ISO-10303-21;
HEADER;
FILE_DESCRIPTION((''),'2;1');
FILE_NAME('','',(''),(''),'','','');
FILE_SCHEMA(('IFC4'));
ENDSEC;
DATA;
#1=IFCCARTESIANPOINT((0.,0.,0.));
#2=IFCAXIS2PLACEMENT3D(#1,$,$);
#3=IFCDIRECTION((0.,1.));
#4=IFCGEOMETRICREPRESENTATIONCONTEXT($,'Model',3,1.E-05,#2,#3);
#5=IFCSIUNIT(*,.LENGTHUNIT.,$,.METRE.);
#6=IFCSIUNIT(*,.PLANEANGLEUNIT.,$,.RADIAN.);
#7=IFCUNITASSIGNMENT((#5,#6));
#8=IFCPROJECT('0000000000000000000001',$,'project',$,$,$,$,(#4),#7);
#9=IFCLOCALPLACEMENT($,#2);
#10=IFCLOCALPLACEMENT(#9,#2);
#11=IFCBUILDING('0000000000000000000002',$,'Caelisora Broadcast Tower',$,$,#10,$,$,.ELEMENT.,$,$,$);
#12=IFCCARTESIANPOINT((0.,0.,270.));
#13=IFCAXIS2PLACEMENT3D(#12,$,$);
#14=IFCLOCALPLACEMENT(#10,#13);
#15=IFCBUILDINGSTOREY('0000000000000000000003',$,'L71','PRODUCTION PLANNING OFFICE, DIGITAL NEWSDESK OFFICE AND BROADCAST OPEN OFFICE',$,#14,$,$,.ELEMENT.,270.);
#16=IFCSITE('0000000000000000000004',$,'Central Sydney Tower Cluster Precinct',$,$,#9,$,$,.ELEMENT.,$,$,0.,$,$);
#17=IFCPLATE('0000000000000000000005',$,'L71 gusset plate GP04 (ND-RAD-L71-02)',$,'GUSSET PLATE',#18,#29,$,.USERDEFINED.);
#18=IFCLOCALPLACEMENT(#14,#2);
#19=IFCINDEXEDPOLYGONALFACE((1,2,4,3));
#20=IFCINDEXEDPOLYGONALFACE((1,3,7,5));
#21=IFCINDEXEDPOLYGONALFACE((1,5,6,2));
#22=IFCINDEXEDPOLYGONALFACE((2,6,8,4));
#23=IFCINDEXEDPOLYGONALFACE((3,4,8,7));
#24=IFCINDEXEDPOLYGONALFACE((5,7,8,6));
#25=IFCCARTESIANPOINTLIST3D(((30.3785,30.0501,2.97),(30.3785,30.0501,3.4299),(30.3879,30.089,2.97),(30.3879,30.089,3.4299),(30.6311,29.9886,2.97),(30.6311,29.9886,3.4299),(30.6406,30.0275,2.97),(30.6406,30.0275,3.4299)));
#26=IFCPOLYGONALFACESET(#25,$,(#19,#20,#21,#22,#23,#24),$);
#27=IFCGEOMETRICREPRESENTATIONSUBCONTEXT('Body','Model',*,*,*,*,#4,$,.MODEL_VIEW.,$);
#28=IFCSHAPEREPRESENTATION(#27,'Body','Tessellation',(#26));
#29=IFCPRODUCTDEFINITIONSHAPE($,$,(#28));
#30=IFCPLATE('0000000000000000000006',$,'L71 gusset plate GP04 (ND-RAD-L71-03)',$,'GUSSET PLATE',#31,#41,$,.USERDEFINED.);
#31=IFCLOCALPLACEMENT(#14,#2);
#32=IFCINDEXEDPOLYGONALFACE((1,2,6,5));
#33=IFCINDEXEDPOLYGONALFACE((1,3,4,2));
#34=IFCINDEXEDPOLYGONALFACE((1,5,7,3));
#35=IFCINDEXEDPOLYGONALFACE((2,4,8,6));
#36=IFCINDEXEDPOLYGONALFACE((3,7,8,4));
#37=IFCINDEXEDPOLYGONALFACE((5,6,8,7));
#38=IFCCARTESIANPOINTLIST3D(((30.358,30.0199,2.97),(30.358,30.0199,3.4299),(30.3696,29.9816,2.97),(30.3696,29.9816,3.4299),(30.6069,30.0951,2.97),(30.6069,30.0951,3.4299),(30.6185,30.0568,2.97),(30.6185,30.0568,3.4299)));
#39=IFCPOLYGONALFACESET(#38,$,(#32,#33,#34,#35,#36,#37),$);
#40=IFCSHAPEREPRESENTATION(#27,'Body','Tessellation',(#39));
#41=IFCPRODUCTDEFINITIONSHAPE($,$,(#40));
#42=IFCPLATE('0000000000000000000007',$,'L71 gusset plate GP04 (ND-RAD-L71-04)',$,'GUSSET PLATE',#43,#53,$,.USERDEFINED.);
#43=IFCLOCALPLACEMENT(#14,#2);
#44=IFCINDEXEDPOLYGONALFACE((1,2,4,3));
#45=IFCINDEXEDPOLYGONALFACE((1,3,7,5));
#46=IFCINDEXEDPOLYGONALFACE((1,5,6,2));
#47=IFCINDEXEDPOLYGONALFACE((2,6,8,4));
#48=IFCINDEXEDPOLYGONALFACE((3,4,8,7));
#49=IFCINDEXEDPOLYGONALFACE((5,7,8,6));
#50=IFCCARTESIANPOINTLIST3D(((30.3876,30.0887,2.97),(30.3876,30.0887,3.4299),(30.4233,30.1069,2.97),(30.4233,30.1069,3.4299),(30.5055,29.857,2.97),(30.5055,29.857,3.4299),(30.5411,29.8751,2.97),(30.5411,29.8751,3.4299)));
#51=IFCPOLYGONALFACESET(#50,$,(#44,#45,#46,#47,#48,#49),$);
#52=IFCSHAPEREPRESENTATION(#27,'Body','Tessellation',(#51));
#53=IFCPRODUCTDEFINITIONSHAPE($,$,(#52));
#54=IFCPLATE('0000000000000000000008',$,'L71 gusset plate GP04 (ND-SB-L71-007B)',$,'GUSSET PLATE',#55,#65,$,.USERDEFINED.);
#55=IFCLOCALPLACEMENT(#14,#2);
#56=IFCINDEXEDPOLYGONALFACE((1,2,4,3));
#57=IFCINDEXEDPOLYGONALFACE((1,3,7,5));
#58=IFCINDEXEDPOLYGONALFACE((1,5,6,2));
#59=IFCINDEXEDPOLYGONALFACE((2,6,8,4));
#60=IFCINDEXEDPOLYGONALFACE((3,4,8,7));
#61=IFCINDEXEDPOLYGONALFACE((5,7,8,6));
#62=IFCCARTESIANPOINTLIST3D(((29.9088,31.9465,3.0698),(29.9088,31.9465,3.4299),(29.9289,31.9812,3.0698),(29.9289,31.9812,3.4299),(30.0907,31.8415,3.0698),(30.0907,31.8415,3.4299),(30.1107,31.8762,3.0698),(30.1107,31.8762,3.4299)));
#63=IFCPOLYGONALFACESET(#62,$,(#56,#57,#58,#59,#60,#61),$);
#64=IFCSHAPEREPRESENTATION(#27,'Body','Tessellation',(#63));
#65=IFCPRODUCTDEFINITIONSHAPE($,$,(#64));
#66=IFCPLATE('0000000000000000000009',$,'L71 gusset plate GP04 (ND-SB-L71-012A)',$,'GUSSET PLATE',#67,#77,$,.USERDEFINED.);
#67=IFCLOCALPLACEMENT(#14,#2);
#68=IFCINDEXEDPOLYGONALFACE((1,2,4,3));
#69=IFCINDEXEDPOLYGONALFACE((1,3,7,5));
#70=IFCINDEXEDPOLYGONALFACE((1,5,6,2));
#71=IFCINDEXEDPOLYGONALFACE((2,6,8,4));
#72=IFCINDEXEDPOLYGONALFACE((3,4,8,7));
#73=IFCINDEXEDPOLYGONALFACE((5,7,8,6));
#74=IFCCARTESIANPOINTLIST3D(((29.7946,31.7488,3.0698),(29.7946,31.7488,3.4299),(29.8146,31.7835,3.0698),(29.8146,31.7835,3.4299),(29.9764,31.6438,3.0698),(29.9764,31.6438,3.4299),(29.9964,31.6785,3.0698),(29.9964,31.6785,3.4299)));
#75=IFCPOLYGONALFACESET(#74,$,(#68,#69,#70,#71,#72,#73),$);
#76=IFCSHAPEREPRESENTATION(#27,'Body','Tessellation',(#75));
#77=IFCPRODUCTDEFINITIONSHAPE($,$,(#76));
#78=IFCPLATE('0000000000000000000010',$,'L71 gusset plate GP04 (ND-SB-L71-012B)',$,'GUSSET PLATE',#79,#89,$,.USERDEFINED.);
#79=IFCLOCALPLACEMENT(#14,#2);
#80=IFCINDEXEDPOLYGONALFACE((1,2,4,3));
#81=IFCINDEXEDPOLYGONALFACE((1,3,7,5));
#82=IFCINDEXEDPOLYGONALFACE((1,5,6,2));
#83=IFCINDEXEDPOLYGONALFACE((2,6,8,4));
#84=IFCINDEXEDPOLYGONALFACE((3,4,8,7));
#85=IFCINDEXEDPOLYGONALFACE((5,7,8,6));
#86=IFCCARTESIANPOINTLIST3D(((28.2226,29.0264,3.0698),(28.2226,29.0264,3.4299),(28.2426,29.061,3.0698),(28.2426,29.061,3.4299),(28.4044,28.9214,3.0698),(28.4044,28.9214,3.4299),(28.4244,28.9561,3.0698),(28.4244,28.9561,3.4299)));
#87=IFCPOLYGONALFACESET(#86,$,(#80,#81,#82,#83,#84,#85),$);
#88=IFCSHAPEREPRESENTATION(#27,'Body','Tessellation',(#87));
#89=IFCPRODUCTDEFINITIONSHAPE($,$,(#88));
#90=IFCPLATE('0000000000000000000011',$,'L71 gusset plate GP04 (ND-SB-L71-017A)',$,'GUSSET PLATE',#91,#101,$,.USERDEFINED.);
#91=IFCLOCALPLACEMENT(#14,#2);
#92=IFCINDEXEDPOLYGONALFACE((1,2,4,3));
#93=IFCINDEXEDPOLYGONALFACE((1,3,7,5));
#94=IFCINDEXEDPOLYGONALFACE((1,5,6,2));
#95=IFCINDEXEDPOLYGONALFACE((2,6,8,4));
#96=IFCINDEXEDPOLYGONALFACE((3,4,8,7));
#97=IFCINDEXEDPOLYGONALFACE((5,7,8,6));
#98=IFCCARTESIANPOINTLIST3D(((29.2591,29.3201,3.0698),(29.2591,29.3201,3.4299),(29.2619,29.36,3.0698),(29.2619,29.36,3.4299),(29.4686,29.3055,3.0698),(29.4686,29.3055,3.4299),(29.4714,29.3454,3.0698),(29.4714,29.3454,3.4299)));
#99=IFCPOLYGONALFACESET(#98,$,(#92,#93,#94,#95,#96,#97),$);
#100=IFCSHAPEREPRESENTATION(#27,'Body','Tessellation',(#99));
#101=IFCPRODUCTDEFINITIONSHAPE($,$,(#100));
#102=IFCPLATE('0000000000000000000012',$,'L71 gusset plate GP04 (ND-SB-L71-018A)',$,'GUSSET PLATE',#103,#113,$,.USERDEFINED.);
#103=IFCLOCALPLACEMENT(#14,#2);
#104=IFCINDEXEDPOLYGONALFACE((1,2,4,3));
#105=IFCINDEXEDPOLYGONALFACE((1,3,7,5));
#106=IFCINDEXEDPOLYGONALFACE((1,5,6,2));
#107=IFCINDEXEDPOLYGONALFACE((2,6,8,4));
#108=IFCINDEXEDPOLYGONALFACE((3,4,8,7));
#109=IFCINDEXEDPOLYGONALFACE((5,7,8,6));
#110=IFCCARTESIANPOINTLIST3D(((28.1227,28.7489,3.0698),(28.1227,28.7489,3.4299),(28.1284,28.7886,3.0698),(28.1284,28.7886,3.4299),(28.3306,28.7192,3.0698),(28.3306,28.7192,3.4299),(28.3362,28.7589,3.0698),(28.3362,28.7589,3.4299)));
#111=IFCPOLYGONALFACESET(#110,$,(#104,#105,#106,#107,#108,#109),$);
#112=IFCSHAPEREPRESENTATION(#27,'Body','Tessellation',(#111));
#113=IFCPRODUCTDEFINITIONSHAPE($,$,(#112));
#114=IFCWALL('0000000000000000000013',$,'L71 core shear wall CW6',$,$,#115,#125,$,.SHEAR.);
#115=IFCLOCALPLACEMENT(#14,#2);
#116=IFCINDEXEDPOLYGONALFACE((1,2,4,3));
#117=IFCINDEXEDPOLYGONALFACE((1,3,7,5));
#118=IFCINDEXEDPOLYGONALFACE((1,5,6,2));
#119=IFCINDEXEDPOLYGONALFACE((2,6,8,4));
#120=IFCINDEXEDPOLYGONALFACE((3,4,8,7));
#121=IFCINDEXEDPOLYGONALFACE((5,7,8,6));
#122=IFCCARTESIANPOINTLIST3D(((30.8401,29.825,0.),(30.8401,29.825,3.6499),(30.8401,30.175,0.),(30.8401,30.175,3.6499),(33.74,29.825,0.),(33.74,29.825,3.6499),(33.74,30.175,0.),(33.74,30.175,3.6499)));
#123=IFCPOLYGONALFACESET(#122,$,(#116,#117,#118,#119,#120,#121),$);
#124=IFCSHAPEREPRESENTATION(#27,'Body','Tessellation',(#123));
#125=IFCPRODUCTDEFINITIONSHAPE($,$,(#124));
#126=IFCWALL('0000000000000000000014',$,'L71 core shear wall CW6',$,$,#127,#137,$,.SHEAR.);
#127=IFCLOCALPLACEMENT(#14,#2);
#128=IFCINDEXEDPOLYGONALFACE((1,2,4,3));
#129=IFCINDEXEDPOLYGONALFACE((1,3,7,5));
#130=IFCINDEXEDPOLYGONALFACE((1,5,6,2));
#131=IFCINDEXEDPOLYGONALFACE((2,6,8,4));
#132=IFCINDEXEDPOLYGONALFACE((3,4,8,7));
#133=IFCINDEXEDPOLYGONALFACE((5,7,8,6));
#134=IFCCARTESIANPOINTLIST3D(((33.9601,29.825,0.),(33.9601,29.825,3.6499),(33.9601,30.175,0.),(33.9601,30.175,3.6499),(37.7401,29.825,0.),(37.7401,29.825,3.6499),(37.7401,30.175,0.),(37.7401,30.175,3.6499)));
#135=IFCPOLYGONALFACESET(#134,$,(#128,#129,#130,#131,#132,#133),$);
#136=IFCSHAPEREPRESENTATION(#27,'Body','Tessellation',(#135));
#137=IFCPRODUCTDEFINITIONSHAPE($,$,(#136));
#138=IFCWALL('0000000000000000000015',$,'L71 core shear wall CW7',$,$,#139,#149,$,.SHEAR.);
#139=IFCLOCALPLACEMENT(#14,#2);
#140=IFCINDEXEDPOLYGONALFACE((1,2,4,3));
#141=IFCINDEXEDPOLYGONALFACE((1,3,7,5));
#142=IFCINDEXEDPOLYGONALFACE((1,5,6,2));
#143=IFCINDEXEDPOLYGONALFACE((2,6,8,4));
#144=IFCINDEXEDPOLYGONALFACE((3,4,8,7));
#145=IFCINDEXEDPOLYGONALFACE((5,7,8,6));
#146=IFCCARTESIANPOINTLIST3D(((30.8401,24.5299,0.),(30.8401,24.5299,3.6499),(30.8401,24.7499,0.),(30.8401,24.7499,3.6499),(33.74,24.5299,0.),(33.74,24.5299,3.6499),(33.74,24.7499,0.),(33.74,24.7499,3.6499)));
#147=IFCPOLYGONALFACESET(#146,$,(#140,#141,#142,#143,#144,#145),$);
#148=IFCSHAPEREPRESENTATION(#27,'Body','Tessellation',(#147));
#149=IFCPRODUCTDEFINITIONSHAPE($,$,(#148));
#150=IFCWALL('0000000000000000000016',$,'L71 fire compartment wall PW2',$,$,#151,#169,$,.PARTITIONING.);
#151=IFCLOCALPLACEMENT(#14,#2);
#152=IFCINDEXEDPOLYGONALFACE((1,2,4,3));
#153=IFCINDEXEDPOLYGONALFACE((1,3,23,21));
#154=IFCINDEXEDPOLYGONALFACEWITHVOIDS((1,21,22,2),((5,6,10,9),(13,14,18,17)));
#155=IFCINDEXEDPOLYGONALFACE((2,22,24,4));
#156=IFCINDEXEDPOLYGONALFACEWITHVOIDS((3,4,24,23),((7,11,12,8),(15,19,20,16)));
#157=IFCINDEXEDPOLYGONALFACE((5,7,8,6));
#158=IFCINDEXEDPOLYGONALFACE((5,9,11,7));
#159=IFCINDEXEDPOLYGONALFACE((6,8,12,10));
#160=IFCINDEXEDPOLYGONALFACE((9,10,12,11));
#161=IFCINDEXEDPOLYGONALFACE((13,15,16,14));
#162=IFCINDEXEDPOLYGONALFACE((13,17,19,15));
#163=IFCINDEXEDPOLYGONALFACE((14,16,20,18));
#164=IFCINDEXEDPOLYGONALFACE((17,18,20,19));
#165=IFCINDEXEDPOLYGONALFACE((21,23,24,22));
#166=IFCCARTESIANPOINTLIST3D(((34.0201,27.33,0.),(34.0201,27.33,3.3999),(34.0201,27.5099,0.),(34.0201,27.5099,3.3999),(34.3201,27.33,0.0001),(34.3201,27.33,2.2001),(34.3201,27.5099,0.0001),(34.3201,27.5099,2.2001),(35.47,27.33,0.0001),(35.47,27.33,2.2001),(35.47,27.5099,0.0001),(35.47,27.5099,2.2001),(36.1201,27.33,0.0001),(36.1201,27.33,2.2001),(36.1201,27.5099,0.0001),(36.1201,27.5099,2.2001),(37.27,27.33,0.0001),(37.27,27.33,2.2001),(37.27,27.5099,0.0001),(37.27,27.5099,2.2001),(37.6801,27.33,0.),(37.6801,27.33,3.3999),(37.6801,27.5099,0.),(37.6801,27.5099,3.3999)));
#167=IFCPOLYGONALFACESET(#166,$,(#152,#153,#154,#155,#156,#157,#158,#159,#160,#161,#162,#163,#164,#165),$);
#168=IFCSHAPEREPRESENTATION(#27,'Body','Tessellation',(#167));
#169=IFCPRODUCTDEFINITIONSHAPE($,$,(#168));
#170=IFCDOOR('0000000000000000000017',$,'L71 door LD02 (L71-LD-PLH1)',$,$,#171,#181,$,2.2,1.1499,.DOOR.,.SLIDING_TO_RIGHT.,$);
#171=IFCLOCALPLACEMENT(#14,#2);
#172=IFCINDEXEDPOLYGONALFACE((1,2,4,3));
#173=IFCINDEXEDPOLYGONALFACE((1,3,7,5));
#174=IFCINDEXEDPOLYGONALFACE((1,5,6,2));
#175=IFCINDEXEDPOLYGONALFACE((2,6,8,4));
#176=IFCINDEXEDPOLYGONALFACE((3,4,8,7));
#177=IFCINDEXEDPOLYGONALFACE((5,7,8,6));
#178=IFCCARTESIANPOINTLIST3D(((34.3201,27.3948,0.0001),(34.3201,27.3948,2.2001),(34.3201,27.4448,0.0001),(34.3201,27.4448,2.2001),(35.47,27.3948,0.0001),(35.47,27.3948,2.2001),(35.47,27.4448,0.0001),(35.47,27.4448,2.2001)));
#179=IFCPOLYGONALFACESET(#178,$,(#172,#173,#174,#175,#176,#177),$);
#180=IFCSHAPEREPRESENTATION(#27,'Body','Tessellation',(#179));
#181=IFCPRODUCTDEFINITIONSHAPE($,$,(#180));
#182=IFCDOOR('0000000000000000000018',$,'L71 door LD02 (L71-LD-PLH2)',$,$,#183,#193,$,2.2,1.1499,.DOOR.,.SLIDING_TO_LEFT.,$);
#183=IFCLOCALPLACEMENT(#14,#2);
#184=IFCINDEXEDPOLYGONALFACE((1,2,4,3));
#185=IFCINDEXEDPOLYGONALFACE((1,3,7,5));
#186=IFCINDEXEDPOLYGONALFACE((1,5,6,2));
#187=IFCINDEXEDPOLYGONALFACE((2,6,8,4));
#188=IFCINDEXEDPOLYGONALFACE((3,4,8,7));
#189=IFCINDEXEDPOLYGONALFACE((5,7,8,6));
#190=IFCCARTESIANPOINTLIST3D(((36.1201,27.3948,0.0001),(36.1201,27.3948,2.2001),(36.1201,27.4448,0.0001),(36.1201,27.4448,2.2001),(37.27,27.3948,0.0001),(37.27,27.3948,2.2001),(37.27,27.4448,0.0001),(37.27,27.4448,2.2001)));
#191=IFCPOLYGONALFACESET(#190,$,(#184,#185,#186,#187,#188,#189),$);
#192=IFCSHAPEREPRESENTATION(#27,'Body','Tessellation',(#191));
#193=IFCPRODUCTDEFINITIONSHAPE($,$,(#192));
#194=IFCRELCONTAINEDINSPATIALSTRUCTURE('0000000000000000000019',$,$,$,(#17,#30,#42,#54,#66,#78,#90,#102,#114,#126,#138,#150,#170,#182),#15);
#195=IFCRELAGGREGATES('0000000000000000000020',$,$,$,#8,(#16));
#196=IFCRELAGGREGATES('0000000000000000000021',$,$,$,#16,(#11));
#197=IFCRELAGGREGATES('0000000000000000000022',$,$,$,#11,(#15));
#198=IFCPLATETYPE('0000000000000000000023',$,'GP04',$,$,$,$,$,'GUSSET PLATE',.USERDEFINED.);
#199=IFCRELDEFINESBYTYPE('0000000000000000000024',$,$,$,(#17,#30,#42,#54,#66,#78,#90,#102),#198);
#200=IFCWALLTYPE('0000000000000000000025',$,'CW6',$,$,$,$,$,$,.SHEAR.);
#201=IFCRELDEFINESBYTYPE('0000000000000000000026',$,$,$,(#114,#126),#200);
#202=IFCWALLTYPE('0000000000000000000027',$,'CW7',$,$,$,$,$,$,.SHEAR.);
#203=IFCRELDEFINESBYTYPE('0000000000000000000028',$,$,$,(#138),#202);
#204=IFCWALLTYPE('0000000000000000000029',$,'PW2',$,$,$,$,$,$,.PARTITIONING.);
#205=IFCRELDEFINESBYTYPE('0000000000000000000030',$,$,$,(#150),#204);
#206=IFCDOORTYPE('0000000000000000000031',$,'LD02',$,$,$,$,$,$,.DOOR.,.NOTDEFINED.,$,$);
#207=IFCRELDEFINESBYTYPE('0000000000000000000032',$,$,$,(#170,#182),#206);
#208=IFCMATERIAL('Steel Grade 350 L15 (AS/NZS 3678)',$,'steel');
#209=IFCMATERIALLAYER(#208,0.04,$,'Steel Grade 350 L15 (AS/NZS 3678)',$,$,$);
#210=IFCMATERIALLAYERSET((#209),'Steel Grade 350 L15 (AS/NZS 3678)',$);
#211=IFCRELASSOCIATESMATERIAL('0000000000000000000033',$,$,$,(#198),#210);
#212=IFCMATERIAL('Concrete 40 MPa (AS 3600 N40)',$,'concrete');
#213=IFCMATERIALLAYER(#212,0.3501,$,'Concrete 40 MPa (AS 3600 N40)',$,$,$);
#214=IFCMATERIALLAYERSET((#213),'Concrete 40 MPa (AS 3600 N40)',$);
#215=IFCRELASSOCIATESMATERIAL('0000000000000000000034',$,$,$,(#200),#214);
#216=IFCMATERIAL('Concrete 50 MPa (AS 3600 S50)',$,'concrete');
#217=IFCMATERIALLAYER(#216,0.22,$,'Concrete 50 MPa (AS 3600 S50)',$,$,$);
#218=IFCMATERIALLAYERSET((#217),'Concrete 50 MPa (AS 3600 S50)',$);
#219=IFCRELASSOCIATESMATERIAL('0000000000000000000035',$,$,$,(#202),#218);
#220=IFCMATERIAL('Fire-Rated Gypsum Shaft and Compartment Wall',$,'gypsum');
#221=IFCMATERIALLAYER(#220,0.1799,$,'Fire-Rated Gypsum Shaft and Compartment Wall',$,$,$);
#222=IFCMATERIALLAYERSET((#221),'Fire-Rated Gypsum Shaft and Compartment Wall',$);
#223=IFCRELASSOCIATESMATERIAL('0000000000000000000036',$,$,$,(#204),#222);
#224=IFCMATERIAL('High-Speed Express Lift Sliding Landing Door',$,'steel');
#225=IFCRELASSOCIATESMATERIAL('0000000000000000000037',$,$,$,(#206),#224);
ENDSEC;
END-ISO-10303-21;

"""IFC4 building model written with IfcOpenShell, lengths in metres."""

from ifc_helpers import new_model, si_unit, direction, frame, frame_2d, origin, origin_2d, place, context, subcontext, project, spatial, rectangle, extrude, source, transform, mapped, material, layer, layer_set, type_object, type_shapes, element, fill, save


model = new_model("IFC4")

# Units and contexts
model_context = context("Model", 3, precision=1e-05, world=origin(), true_north=direction((0.0, 1.0)))
body_context = subcontext(model_context, "Body", "Model", "MODEL_VIEW")
ifc_project = project(units=[si_unit("LENGTHUNIT", "METRE"), si_unit("PLANEANGLEUNIT", "RADIAN")], contexts=[model_context])

# Site, building, storey
site_placement = place(None, origin())
site = spatial("IfcSite", under=ifc_project, at=site_placement, Name="Central Sydney Tower Cluster Precinct", CompositionType="ELEMENT", RefElevation=0.0)
building_placement = place(site_placement, origin())
building = spatial("IfcBuilding", under=site, at=building_placement, Name="Caelisora Broadcast Tower", CompositionType="ELEMENT")
storey_placement = place(building_placement, frame((0.0, 0.0, 270.0)))
storey = spatial("IfcBuildingStorey", under=building, at=storey_placement, Name="L71", Description="PRODUCTION PLANNING OFFICE, DIGITAL NEWSDESK OFFICE AND BROADCAST OPEN OFFICE", CompositionType="ELEMENT", Elevation=270.0)

# Plates
ifc_material_1 = material(Name="Steel Grade 350 L15 (AS/NZS 3678)", Category="steel")
ifc_layer_1 = layer(ifc_material_1, 0.04, Name="Steel Grade 350 L15 (AS/NZS 3678)")
ifc_layer_set_1 = layer_set([ifc_layer_1], Name="Steel Grade 350 L15 (AS/NZS 3678)")
plate_type = type_object("IfcPlateType", Name="GP04", ElementType="GUSSET PLATE", PredefinedType="USERDEFINED", material=ifc_layer_set_1)
shared_shape_1 = source(origin(), body_context, "Body", "SweptSolid", [
    extrude(rectangle(XDim=0.26, YDim=0.04, at=origin_2d()), origin(), (0.0, 0.0, 1.0), 0.46),
])
for number, where, z_axis, x_axis, name in (
    (1, (30.5095, 30.0388, 2.97), (0.0, 0.0, 1.0), (-0.971632, 0.236499, 0.0), "L71 gusset plate GP04 (ND-RAD-L71-02)"),
    (2, (30.4883, 30.0383, 2.97), (0.0, 0.0, 1.0), (-0.957269, -0.289199, 0.0), "L71 gusset plate GP04 (ND-RAD-L71-03)"),
    (3, (30.4644, 29.9819, 2.97), (0.0, 0.0, 1.0), (0.453368, -0.891323, 0.0), "L71 gusset plate GP04 (ND-RAD-L71-04)"),
):
    element("IfcPlate", number, at=place(storey_placement, frame(where, z_axis=z_axis, x_axis=x_axis)), inside=storey, type_object=plate_type, Name=name, ObjectType="GUSSET PLATE", PredefinedType="USERDEFINED", context=body_context, shape_type="MappedRepresentation", body=[
        mapped(shared_shape_1, transform((0.0, 0.0, 0.0), scale=1.0)),
    ])
shared_shape_2 = source(origin(), body_context, "Body", "SweptSolid", [
    extrude(rectangle(XDim=0.21, YDim=0.04, at=origin_2d()), origin(), (0.0, 0.0, 1.0), 0.3601),
])
type_shapes(plate_type, [shared_shape_1, shared_shape_2])
for number, where, z_axis, x_axis, name in (
    (4, (30.0098, 31.9114, 3.0698), (0.0, 0.0, 1.0), (0.866025, -0.5, 0.0), "L71 gusset plate GP04 (ND-SB-L71-007B)"),
    (5, (29.8955, 31.7136, 3.0698), (0.0, 0.0, 1.0), (0.866025, -0.5, 0.0), "L71 gusset plate GP04 (ND-SB-L71-012A)"),
    (6, (28.3235, 28.9912, 3.0698), (0.0, 0.0, 1.0), (0.866025, -0.5, 0.0), "L71 gusset plate GP04 (ND-SB-L71-012B)"),
    (7, (29.3652, 29.3328, 3.0698), (0.0, 0.0, 1.0), (0.997588, -0.069408, 0.0), "L71 gusset plate GP04 (ND-SB-L71-017A)"),
    (8, (28.2295, 28.7539, 3.0698), (0.0, 0.0, 1.0), (0.98995, -0.14142, 0.0), "L71 gusset plate GP04 (ND-SB-L71-018A)"),
):
    element("IfcPlate", number, at=place(storey_placement, frame(where, z_axis=z_axis, x_axis=x_axis)), inside=storey, type_object=plate_type, Name=name, ObjectType="GUSSET PLATE", PredefinedType="USERDEFINED", context=body_context, shape_type="MappedRepresentation", body=[
        mapped(shared_shape_2, transform((0.0, 0.0, 0.0), scale=1.0)),
    ])

# Walls
ifc_material_2 = material(Name="Concrete 40 MPa (AS 3600 N40)", Category="concrete")
ifc_layer_2 = layer(ifc_material_2, 0.3501, Name="Concrete 40 MPa (AS 3600 N40)")
ifc_layer_set_2 = layer_set([ifc_layer_2], Name="Concrete 40 MPa (AS 3600 N40)")
wall_type_1 = type_object("IfcWallType", Name="CW6", PredefinedType="SHEAR", material=ifc_layer_set_2)
wall_1_placement = place(storey_placement, frame((30.8401, 30.0, 0.0), z_axis=(0.0, 0.0, 1.0), x_axis=(1.0, 0.0, 0.0)))
element("IfcWall", 9, at=wall_1_placement, inside=storey, type_object=wall_type_1, Name="L71 core shear wall CW6", PredefinedType="SHEAR", context=body_context, shape_type="SweptSolid", body=[
    extrude(rectangle(XDim=2.8999, YDim=0.3501, at=frame_2d((1.45, 0.0))), origin(), (0.0, 0.0, 1.0), 3.6499),
])
wall_2_placement = place(storey_placement, frame((33.96, 30.0, 0.0), z_axis=(0.0, 0.0, 1.0), x_axis=(1.0, 0.0, 0.0)))
element("IfcWall", 10, at=wall_2_placement, inside=storey, type_object=wall_type_1, Name="L71 core shear wall CW6", PredefinedType="SHEAR", context=body_context, shape_type="SweptSolid", body=[
    extrude(rectangle(XDim=3.78, YDim=0.3501, at=frame_2d((1.8901, 0.0))), origin(), (0.0, 0.0, 1.0), 3.6499),
])
ifc_material_3 = material(Name="Concrete 50 MPa (AS 3600 S50)", Category="concrete")
ifc_layer_3 = layer(ifc_material_3, 0.22, Name="Concrete 50 MPa (AS 3600 S50)")
ifc_layer_set_3 = layer_set([ifc_layer_3], Name="Concrete 50 MPa (AS 3600 S50)")
wall_type_2 = type_object("IfcWallType", Name="CW7", PredefinedType="SHEAR", material=ifc_layer_set_3)
wall_3_placement = place(storey_placement, frame((30.8401, 24.6399, 0.0), z_axis=(0.0, 0.0, 1.0), x_axis=(1.0, 0.0, 0.0)))
element("IfcWall", 11, at=wall_3_placement, inside=storey, type_object=wall_type_2, Name="L71 core shear wall CW7", PredefinedType="SHEAR", context=body_context, shape_type="SweptSolid", body=[
    extrude(rectangle(XDim=2.8999, YDim=0.22, at=frame_2d((1.45, 0.0))), origin(), (0.0, 0.0, 1.0), 3.6499),
])

# Wall, openings, doors
ifc_material_4 = material(Name="Fire-Rated Gypsum Shaft and Compartment Wall", Category="gypsum")
ifc_layer_4 = layer(ifc_material_4, 0.1799, Name="Fire-Rated Gypsum Shaft and Compartment Wall")
ifc_layer_set_4 = layer_set([ifc_layer_4], Name="Fire-Rated Gypsum Shaft and Compartment Wall")
wall_type_3 = type_object("IfcWallType", Name="PW2", PredefinedType="PARTITIONING", material=ifc_layer_set_4)
wall_4_placement = place(storey_placement, frame((34.02, 27.4199, 0.0), z_axis=(0.0, 0.0, 1.0), x_axis=(1.0, 0.0, 0.0)))
wall_4 = element("IfcWall", 12, at=wall_4_placement, inside=storey, type_object=wall_type_3, Name="L71 fire compartment wall PW2", PredefinedType="PARTITIONING", context=body_context, shape_type="SweptSolid", body=[
    extrude(rectangle(XDim=3.6599, YDim=0.1799, at=frame_2d((1.8301, 0.0))), origin(), (0.0, 0.0, 1.0), 3.3999),
])
opening_1_placement = place(wall_4_placement, frame((0.3, 0.0, 0.0)))
opening_1 = element("IfcOpeningElement", 13, at=opening_1_placement, cuts=wall_4, PredefinedType="OPENING", context=body_context, shape_type="SweptSolid", body=[
    extrude(rectangle(XDim=1.1499, YDim=2.2, at=frame_2d((0.575, 1.1001))), frame((0.0, 0.1021, 0.0), z_axis=(0.0, -1.0, 0.0), x_axis=(1.0, 0.0, 0.0)), (0.0, 0.0, 1.0), 0.2039),
])
opening_2_placement = place(wall_4_placement, frame((2.1001, 0.0, 0.0)))
opening_2 = element("IfcOpeningElement", 14, at=opening_2_placement, cuts=wall_4, PredefinedType="OPENING", context=body_context, shape_type="SweptSolid", body=[
    extrude(rectangle(XDim=1.1499, YDim=2.2, at=frame_2d((0.575, 1.1001))), frame((0.0, 0.1021, 0.0), z_axis=(0.0, -1.0, 0.0), x_axis=(1.0, 0.0, 0.0)), (0.0, 0.0, 1.0), 0.2039),
])
ifc_material_5 = material(Name="High-Speed Express Lift Sliding Landing Door", Category="steel")
door_type = type_object("IfcDoorType", Name="LD02", OperationType="NOTDEFINED", PredefinedType="DOOR", material=ifc_material_5)
door_1_placement = place(opening_1_placement, origin())
door_1 = element("IfcDoor", 15, at=door_1_placement, inside=storey, type_object=door_type, Name="L71 door LD02 (L71-LD-PLH1)", OperationType="SLIDING_TO_RIGHT", OverallHeight=2.2, OverallWidth=1.1499, PredefinedType="DOOR", context=body_context, shape_type="SweptSolid", body=[
    extrude(rectangle(XDim=1.1499, YDim=2.2, at=frame_2d((0.575, 1.1001))), frame((0.0, 0.0249, 0.0), z_axis=(0.0, -1.0, 0.0), x_axis=(1.0, 0.0, 0.0)), (0.0, 0.0, 1.0), 0.05),
])
fill(opening_1, door_1)
door_2_placement = place(opening_2_placement, origin())
door_2 = element("IfcDoor", 16, at=door_2_placement, inside=storey, type_object=door_type, Name="L71 door LD02 (L71-LD-PLH2)", OperationType="SLIDING_TO_LEFT", OverallHeight=2.2, OverallWidth=1.1499, PredefinedType="DOOR", context=body_context, shape_type="SweptSolid", body=[
    extrude(rectangle(XDim=1.1499, YDim=2.2, at=frame_2d((0.575, 1.1001))), frame((0.0, 0.0249, 0.0), z_axis=(0.0, -1.0, 0.0), x_axis=(1.0, 0.0, 0.0)), (0.0, 0.0, 1.0), 0.05),
])
fill(opening_2, door_2)

save(model, "model.ifc")
